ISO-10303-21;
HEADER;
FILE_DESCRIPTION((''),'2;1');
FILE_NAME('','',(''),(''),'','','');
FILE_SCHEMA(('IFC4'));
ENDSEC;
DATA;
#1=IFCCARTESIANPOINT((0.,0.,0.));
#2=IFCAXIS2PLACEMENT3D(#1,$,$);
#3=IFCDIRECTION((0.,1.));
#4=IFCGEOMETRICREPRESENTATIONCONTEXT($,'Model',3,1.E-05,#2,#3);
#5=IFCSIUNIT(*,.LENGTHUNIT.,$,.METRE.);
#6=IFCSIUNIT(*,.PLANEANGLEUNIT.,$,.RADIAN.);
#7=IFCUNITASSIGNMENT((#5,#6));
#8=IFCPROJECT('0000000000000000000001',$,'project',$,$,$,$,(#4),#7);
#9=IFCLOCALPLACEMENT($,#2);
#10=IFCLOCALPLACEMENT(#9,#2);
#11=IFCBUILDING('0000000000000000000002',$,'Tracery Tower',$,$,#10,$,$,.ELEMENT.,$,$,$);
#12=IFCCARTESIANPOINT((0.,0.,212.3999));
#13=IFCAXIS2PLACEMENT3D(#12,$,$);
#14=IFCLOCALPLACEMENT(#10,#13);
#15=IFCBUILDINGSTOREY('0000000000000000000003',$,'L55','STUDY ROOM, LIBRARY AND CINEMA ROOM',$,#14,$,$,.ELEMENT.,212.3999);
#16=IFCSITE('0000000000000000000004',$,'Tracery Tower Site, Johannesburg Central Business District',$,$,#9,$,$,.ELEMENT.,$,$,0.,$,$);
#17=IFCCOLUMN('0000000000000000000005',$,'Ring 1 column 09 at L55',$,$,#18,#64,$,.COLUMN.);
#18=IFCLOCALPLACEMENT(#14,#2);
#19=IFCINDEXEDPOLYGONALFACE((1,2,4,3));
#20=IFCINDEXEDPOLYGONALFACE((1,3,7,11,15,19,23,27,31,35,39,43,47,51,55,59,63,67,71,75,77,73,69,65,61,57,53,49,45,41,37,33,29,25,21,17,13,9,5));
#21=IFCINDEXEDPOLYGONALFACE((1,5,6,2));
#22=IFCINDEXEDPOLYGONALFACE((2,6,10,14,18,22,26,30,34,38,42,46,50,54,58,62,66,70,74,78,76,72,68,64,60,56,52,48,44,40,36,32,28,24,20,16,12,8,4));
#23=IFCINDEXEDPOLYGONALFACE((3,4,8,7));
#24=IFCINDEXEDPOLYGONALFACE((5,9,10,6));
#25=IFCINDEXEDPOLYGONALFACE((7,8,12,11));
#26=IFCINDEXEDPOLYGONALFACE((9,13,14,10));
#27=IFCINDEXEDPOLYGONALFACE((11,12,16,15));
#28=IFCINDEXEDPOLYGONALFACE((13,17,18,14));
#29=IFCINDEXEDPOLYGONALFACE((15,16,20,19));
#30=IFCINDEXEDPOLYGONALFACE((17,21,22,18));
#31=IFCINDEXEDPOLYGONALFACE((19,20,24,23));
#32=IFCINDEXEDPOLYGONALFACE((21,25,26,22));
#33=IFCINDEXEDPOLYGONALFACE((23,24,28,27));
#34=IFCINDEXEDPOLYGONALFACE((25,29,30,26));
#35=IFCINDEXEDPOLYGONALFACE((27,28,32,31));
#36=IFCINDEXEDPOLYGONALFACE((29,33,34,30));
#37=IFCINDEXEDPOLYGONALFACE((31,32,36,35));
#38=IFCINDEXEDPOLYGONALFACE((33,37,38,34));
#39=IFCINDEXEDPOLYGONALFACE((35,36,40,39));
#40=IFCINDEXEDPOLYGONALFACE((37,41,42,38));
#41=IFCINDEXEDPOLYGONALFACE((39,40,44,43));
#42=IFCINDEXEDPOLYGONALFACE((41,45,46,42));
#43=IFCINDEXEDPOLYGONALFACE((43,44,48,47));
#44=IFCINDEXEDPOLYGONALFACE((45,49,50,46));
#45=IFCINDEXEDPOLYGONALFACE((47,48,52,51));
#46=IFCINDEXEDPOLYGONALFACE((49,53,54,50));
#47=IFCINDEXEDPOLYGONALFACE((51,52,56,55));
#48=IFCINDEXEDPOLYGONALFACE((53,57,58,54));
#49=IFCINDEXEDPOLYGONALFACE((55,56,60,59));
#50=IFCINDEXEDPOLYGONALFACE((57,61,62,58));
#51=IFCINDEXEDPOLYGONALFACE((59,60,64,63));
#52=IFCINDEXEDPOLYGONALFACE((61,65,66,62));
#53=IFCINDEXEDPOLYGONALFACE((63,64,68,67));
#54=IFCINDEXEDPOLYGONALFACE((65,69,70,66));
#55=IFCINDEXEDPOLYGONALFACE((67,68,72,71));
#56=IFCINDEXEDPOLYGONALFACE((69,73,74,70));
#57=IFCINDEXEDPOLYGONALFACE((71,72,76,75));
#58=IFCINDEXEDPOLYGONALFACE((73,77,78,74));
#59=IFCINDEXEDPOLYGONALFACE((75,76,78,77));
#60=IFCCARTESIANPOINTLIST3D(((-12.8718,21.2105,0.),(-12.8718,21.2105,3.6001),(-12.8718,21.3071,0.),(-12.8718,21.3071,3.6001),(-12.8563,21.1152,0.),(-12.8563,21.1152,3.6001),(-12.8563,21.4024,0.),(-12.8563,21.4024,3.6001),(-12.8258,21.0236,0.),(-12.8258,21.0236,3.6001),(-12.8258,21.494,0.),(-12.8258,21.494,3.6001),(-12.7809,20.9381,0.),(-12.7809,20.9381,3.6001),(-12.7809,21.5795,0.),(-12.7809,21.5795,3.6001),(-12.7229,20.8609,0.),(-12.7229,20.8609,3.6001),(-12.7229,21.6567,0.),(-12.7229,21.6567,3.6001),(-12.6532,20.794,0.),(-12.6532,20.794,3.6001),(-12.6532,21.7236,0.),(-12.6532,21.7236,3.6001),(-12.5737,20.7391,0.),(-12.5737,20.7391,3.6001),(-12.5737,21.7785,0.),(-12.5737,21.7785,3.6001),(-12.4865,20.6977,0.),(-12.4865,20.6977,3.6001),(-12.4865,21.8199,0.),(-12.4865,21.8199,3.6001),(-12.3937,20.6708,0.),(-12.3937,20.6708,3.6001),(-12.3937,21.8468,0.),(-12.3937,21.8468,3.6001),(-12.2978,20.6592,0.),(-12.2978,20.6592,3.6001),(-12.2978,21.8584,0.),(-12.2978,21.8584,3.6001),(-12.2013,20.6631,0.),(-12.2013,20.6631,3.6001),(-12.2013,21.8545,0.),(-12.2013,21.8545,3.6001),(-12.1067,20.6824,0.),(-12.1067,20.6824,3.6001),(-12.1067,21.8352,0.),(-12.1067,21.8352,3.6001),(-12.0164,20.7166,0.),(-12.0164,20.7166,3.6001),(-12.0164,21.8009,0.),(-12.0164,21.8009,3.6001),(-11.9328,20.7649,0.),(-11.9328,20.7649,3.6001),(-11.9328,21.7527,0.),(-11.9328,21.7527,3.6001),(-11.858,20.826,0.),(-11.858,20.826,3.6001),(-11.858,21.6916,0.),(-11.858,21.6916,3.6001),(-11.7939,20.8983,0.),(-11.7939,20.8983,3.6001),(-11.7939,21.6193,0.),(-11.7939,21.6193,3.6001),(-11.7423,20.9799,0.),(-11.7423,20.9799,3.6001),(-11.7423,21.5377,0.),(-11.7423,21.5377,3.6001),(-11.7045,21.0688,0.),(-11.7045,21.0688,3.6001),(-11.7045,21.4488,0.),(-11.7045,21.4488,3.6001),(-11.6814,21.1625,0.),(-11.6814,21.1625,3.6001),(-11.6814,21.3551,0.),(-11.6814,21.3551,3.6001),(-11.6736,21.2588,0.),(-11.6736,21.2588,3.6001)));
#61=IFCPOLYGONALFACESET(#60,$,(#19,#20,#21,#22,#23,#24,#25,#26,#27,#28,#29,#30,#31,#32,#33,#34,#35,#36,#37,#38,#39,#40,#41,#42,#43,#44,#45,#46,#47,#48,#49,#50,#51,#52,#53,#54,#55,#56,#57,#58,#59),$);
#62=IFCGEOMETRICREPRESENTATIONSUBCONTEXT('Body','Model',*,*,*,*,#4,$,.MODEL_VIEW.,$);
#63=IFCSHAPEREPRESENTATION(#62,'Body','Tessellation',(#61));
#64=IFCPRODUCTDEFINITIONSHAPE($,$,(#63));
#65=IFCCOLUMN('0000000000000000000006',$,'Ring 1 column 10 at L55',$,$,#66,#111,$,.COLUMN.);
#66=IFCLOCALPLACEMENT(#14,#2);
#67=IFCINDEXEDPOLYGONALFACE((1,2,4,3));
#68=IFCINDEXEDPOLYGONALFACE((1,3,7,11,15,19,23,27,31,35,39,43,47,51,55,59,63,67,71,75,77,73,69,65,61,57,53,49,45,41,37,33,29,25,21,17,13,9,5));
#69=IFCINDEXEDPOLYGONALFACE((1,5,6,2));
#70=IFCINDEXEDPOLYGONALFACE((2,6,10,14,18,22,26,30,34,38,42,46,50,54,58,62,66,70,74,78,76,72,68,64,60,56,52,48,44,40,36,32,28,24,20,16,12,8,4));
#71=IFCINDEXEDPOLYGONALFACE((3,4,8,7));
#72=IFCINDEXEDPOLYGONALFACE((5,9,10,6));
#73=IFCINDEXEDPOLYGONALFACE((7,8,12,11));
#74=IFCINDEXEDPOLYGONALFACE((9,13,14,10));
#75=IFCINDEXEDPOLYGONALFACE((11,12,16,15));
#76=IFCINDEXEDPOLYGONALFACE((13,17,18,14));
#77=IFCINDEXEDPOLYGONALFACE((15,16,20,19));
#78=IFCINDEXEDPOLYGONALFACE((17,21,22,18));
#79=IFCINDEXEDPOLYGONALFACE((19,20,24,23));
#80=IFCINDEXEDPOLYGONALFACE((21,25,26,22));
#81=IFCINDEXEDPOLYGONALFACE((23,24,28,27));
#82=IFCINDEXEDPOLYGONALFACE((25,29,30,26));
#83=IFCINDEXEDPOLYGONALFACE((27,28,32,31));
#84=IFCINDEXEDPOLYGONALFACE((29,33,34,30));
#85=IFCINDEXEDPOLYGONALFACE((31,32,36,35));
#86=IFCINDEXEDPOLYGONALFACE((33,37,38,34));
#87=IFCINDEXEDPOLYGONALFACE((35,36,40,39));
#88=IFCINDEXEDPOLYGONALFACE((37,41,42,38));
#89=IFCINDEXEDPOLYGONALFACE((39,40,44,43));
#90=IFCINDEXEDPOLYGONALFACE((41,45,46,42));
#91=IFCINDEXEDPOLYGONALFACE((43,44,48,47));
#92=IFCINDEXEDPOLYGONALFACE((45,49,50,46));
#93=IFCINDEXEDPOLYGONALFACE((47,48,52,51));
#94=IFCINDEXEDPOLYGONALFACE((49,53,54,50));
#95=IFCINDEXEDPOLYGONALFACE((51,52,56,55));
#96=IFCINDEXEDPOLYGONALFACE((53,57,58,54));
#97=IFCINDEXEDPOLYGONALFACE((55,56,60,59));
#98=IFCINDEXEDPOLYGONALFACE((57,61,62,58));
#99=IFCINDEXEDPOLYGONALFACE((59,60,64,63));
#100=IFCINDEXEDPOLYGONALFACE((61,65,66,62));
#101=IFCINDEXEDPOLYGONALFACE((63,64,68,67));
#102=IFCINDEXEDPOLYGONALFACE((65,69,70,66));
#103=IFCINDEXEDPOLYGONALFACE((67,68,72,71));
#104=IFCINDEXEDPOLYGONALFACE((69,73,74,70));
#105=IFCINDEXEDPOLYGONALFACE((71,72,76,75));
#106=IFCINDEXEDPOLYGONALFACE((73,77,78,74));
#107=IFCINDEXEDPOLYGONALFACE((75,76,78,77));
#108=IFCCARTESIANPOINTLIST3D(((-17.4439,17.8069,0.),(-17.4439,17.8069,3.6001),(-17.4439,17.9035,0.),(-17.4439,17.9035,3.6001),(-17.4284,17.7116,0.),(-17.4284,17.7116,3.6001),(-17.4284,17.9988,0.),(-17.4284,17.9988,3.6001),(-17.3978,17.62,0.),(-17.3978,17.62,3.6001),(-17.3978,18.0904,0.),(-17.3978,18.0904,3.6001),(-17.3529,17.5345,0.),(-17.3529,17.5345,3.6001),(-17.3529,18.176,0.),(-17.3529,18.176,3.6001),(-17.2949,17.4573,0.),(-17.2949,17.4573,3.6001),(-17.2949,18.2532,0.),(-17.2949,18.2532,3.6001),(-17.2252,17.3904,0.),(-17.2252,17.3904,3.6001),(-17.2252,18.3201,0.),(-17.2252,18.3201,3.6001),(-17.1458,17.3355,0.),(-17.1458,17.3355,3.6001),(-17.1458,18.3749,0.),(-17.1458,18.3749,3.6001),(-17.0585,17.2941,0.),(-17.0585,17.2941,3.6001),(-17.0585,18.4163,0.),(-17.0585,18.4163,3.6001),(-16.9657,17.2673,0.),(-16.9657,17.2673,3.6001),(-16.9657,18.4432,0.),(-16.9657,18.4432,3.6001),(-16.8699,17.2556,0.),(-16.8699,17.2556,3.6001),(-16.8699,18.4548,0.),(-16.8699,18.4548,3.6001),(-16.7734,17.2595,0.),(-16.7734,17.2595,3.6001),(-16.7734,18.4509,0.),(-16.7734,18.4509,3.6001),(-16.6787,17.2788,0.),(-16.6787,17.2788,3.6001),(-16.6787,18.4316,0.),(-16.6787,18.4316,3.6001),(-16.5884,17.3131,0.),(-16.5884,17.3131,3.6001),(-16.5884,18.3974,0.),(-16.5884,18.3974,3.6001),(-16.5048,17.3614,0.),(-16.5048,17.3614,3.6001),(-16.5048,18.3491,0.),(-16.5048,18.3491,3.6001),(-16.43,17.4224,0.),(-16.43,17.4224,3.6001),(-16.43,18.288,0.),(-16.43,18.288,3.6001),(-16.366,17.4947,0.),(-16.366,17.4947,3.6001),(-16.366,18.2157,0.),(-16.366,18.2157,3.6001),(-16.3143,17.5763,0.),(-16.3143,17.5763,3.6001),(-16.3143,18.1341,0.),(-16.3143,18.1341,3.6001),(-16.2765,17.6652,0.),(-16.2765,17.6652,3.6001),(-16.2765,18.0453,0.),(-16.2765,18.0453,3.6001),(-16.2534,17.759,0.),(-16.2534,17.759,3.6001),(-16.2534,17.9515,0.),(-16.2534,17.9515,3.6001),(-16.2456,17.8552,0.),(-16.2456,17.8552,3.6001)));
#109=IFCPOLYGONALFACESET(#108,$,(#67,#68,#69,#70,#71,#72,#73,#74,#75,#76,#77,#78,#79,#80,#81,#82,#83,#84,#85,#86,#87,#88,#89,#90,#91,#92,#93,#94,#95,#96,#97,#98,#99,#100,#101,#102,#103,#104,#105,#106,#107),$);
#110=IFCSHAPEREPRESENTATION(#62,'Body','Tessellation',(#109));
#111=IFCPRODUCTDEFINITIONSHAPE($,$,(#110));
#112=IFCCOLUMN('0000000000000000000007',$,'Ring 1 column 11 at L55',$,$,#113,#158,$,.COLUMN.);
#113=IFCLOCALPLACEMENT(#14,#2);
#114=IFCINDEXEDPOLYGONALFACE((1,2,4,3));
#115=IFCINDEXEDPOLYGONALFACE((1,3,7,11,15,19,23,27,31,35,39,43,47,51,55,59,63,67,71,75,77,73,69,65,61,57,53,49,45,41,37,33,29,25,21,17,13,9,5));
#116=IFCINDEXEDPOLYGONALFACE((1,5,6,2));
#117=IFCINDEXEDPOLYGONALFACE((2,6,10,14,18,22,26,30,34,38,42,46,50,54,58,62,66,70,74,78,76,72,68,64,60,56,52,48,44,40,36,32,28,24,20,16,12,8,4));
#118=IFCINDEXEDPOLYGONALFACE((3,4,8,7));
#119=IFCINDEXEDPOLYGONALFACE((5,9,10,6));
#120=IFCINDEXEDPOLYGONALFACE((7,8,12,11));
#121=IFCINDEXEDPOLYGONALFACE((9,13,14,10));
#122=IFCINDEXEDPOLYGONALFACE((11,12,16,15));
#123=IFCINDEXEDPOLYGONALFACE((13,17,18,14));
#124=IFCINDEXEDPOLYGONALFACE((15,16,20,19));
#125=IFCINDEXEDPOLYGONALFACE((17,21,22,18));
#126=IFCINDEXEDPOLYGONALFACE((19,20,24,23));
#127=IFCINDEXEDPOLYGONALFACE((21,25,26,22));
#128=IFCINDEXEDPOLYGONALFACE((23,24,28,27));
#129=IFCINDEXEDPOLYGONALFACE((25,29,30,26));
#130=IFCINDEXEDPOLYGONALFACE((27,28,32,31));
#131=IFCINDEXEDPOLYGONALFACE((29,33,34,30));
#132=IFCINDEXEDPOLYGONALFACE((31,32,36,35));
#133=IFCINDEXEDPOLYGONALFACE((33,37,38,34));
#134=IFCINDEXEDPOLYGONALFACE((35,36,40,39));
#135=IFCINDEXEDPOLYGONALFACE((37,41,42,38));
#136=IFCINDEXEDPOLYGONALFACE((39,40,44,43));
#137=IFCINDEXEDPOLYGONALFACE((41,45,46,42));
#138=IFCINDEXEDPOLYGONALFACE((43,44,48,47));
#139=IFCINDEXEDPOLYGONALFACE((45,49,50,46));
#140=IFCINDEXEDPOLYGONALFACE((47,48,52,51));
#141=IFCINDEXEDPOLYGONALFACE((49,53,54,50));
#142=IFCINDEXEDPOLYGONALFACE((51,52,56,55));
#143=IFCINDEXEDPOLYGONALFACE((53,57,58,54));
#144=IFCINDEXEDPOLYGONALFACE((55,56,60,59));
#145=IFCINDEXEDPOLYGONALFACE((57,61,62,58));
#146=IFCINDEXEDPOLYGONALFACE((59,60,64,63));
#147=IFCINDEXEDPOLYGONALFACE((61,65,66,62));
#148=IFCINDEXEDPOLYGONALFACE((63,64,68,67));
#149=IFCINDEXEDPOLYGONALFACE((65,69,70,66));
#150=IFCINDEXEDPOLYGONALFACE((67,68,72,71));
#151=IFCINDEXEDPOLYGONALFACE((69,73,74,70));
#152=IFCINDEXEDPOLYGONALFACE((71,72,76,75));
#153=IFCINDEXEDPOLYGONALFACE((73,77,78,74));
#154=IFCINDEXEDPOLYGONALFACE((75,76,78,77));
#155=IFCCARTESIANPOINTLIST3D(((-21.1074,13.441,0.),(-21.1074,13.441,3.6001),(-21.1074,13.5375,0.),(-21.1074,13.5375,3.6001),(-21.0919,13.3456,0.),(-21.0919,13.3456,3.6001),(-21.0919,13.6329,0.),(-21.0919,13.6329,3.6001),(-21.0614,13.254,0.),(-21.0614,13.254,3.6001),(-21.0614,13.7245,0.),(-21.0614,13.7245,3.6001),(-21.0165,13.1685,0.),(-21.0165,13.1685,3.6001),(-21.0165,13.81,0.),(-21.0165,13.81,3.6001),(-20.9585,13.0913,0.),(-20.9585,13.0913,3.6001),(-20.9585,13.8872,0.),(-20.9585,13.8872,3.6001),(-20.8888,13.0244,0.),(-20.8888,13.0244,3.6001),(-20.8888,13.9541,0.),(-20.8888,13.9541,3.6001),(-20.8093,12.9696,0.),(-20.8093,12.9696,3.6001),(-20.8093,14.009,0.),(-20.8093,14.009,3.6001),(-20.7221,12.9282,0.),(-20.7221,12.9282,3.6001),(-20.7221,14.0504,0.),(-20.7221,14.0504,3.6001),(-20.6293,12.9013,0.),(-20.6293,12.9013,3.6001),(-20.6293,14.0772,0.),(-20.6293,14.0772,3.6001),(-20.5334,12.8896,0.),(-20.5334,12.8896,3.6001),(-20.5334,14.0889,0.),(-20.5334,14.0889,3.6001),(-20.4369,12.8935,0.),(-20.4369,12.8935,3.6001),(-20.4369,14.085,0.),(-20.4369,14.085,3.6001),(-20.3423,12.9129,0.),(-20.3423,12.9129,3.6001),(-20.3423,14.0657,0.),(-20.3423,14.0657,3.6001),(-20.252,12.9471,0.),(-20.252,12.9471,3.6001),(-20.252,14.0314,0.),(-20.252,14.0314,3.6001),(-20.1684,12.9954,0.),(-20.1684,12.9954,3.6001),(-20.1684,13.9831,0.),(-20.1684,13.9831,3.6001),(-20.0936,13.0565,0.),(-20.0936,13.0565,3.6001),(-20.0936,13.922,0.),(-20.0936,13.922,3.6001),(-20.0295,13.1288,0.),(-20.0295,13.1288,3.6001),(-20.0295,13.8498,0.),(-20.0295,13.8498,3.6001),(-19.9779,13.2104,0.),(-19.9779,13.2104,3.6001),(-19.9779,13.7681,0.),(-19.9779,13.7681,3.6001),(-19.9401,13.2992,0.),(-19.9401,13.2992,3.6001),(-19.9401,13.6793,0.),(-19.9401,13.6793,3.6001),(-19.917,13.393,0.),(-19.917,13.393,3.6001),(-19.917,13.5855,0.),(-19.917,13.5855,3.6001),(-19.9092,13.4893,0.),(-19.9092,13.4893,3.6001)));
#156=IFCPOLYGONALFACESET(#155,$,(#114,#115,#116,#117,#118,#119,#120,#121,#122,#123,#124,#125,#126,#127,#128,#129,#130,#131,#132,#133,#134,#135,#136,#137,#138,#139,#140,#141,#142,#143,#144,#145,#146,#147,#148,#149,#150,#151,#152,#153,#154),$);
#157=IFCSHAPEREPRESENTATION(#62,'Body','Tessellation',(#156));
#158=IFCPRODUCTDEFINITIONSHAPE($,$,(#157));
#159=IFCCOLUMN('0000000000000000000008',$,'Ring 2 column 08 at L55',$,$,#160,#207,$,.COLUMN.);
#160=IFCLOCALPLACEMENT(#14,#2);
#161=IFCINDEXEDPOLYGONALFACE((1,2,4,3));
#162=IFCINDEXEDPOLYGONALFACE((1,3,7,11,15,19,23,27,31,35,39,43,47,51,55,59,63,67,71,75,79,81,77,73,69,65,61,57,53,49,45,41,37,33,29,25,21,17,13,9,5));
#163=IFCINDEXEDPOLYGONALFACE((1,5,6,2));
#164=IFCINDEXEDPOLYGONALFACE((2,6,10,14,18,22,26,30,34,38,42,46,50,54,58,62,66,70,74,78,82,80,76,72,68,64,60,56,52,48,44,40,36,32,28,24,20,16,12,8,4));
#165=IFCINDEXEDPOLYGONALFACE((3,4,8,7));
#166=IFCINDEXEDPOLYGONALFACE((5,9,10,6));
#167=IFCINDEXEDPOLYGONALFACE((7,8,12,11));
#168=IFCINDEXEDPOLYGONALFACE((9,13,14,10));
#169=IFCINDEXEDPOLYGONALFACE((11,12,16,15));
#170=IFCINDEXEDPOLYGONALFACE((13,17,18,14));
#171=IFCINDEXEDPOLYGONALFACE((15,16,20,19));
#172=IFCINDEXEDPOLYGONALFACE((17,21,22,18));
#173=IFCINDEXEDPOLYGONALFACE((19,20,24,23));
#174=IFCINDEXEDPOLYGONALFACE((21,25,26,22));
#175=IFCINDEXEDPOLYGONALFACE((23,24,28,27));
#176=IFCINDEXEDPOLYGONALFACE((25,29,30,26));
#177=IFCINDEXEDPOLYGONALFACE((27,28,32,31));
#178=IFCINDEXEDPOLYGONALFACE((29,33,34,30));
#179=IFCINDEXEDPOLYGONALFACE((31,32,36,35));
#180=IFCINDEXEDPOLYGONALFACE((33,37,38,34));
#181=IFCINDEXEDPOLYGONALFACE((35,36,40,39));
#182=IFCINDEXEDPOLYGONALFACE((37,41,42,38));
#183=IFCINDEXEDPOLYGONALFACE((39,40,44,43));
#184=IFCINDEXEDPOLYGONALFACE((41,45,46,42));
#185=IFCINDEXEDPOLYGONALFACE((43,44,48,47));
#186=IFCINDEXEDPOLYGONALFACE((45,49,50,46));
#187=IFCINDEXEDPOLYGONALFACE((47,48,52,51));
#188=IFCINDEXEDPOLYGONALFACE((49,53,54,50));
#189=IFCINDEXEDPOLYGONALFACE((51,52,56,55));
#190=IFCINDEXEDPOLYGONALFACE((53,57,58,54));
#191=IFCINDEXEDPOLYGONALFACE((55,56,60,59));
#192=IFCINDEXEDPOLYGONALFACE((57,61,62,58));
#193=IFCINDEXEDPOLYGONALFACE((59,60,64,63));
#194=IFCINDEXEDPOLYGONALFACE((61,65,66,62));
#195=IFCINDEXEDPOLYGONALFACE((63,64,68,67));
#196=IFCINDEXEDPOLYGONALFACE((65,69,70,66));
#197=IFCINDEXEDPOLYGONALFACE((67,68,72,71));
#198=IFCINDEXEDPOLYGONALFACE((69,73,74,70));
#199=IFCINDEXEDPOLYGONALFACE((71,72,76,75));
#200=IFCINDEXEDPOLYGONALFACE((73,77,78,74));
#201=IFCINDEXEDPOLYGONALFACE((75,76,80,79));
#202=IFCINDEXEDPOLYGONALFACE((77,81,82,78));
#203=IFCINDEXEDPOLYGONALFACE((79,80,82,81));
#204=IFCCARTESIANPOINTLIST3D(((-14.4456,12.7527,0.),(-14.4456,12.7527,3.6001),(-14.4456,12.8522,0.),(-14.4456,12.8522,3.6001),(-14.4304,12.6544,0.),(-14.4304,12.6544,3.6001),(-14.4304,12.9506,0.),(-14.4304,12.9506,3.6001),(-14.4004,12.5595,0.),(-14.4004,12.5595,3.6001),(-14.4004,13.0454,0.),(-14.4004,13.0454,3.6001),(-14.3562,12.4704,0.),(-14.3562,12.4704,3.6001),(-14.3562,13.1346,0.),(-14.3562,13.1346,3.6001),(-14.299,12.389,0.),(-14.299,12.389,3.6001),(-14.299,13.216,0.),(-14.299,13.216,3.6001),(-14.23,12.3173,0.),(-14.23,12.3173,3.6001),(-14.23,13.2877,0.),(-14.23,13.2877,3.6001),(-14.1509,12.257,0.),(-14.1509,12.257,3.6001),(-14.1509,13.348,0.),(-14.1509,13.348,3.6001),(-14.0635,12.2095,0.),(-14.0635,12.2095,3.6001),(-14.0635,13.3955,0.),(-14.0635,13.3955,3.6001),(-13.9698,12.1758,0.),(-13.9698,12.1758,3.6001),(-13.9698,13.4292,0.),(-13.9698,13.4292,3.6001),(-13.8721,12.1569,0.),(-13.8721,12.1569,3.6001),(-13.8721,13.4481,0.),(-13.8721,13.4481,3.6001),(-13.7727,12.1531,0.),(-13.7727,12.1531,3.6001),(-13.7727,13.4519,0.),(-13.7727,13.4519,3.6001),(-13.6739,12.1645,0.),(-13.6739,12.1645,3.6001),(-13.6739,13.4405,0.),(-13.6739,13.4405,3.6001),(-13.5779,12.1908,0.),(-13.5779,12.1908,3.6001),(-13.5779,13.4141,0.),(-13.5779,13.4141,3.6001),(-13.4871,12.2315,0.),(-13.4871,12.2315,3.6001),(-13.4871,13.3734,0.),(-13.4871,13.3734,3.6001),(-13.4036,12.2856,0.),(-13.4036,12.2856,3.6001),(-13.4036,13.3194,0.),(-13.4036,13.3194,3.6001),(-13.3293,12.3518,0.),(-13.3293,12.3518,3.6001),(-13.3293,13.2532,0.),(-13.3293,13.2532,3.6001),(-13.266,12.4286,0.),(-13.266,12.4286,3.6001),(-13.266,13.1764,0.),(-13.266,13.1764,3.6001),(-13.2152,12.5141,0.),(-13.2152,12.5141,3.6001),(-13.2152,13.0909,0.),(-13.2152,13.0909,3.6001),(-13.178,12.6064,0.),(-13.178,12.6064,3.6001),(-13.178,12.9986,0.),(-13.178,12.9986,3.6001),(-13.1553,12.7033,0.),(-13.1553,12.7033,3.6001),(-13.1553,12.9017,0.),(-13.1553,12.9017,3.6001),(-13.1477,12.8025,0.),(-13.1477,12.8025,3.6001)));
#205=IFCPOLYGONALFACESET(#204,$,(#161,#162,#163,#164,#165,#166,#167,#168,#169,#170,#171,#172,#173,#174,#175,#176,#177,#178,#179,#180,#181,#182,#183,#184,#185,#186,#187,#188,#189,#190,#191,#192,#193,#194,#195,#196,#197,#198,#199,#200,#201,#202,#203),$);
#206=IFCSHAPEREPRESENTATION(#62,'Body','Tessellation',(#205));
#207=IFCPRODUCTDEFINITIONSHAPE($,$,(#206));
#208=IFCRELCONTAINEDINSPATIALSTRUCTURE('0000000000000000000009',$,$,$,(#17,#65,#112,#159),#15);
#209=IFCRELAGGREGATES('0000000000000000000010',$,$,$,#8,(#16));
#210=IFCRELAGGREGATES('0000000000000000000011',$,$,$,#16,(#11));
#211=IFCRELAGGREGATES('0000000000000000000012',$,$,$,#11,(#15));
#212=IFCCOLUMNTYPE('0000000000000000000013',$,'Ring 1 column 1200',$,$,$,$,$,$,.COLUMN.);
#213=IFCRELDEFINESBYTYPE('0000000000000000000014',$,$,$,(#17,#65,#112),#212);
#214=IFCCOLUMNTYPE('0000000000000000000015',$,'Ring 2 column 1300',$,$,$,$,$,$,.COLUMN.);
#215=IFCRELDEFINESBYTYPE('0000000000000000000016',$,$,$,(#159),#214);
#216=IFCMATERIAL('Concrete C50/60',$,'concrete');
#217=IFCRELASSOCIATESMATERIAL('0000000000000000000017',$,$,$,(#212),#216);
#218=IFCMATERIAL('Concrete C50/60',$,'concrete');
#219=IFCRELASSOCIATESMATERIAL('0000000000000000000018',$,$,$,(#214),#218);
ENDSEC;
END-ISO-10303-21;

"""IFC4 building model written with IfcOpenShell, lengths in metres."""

from ifc_helpers import new_model, si_unit, direction, frame, origin, origin_2d, place, context, subcontext, project, spatial, circle, extrude, material, material_profile, profile_set, type_object, element, save


model = new_model("IFC4")

# Units and contexts
model_context = context("Model", 3, precision=1e-05, world=origin(), true_north=direction((0.0, 1.0)))
body_context = subcontext(model_context, "Body", "Model", "MODEL_VIEW")
ifc_project = project(units=[si_unit("LENGTHUNIT", "METRE"), si_unit("PLANEANGLEUNIT", "RADIAN")], contexts=[model_context])

# Site, building, storey
site_placement = place(None, origin())
site = spatial("IfcSite", under=ifc_project, at=site_placement, Name="Tracery Tower Site, Johannesburg Central Business District", CompositionType="ELEMENT", RefElevation=0.0)
building_placement = place(site_placement, origin())
building = spatial("IfcBuilding", under=site, at=building_placement, Name="Tracery Tower", CompositionType="ELEMENT")
storey_placement = place(building_placement, frame((0.0, 0.0, 212.3999)))
storey = spatial("IfcBuildingStorey", under=building, at=storey_placement, Name="L55", Description="STUDY ROOM, LIBRARY AND CINEMA ROOM", CompositionType="ELEMENT", Elevation=212.3999)

# Columns
ifc_material_1 = material(Name="Concrete C50/60", Category="concrete")
ifc_material_profile_1 = material_profile(ifc_material_1, circle(Radius=0.6001, at=origin_2d()), Name="RC D1200")
ifc_profile_set_1 = profile_set([ifc_material_profile_1], Name="Concrete C50/60")
column_type_1 = type_object("IfcColumnType", Name="Ring 1 column 1200", PredefinedType="COLUMN", material=ifc_profile_set_1)
for number, where, z_axis, x_axis, name in (
    (1, (-12.2737, 21.2588, 0.0), (0.0, 0.0, 1.0), (1.0, 0.0, 0.0), "Ring 1 column 09 at L55"),
    (2, (-16.8457, 17.8552, 0.0), (0.0, 0.0, 1.0), (1.0, 0.0, 0.0), "Ring 1 column 10 at L55"),
    (3, (-20.5093, 13.4893, 0.0), (0.0, 0.0, 1.0), (1.0, 0.0, 0.0), "Ring 1 column 11 at L55"),
):
    element("IfcColumn", number, at=place(storey_placement, frame(where, z_axis=z_axis, x_axis=x_axis)), inside=storey, type_object=column_type_1, Name=name, PredefinedType="COLUMN", context=body_context, shape_type="SweptSolid", body=[
        extrude(circle(Radius=0.6001, at=origin_2d()), origin(), (0.0, 0.0, 1.0), 3.6001),
    ])
ifc_material_2 = material(Name="Concrete C50/60", Category="concrete")
ifc_material_profile_2 = material_profile(ifc_material_2, circle(Radius=0.6499, at=origin_2d()), Name="RC D1300")
ifc_profile_set_2 = profile_set([ifc_material_profile_2], Name="Concrete C50/60")
column_type_2 = type_object("IfcColumnType", Name="Ring 2 column 1300", PredefinedType="COLUMN", material=ifc_profile_set_2)
column_placement = place(storey_placement, frame((-13.7976, 12.8025, 0.0), z_axis=(0.0, 0.0, 1.0), x_axis=(1.0, 0.0, 0.0)))
element("IfcColumn", 4, at=column_placement, inside=storey, type_object=column_type_2, Name="Ring 2 column 08 at L55", PredefinedType="COLUMN", context=body_context, shape_type="SweptSolid", body=[
    extrude(circle(Radius=0.6499, at=origin_2d()), origin(), (0.0, 0.0, 1.0), 3.6001),
])

save(model, "model.ifc")
